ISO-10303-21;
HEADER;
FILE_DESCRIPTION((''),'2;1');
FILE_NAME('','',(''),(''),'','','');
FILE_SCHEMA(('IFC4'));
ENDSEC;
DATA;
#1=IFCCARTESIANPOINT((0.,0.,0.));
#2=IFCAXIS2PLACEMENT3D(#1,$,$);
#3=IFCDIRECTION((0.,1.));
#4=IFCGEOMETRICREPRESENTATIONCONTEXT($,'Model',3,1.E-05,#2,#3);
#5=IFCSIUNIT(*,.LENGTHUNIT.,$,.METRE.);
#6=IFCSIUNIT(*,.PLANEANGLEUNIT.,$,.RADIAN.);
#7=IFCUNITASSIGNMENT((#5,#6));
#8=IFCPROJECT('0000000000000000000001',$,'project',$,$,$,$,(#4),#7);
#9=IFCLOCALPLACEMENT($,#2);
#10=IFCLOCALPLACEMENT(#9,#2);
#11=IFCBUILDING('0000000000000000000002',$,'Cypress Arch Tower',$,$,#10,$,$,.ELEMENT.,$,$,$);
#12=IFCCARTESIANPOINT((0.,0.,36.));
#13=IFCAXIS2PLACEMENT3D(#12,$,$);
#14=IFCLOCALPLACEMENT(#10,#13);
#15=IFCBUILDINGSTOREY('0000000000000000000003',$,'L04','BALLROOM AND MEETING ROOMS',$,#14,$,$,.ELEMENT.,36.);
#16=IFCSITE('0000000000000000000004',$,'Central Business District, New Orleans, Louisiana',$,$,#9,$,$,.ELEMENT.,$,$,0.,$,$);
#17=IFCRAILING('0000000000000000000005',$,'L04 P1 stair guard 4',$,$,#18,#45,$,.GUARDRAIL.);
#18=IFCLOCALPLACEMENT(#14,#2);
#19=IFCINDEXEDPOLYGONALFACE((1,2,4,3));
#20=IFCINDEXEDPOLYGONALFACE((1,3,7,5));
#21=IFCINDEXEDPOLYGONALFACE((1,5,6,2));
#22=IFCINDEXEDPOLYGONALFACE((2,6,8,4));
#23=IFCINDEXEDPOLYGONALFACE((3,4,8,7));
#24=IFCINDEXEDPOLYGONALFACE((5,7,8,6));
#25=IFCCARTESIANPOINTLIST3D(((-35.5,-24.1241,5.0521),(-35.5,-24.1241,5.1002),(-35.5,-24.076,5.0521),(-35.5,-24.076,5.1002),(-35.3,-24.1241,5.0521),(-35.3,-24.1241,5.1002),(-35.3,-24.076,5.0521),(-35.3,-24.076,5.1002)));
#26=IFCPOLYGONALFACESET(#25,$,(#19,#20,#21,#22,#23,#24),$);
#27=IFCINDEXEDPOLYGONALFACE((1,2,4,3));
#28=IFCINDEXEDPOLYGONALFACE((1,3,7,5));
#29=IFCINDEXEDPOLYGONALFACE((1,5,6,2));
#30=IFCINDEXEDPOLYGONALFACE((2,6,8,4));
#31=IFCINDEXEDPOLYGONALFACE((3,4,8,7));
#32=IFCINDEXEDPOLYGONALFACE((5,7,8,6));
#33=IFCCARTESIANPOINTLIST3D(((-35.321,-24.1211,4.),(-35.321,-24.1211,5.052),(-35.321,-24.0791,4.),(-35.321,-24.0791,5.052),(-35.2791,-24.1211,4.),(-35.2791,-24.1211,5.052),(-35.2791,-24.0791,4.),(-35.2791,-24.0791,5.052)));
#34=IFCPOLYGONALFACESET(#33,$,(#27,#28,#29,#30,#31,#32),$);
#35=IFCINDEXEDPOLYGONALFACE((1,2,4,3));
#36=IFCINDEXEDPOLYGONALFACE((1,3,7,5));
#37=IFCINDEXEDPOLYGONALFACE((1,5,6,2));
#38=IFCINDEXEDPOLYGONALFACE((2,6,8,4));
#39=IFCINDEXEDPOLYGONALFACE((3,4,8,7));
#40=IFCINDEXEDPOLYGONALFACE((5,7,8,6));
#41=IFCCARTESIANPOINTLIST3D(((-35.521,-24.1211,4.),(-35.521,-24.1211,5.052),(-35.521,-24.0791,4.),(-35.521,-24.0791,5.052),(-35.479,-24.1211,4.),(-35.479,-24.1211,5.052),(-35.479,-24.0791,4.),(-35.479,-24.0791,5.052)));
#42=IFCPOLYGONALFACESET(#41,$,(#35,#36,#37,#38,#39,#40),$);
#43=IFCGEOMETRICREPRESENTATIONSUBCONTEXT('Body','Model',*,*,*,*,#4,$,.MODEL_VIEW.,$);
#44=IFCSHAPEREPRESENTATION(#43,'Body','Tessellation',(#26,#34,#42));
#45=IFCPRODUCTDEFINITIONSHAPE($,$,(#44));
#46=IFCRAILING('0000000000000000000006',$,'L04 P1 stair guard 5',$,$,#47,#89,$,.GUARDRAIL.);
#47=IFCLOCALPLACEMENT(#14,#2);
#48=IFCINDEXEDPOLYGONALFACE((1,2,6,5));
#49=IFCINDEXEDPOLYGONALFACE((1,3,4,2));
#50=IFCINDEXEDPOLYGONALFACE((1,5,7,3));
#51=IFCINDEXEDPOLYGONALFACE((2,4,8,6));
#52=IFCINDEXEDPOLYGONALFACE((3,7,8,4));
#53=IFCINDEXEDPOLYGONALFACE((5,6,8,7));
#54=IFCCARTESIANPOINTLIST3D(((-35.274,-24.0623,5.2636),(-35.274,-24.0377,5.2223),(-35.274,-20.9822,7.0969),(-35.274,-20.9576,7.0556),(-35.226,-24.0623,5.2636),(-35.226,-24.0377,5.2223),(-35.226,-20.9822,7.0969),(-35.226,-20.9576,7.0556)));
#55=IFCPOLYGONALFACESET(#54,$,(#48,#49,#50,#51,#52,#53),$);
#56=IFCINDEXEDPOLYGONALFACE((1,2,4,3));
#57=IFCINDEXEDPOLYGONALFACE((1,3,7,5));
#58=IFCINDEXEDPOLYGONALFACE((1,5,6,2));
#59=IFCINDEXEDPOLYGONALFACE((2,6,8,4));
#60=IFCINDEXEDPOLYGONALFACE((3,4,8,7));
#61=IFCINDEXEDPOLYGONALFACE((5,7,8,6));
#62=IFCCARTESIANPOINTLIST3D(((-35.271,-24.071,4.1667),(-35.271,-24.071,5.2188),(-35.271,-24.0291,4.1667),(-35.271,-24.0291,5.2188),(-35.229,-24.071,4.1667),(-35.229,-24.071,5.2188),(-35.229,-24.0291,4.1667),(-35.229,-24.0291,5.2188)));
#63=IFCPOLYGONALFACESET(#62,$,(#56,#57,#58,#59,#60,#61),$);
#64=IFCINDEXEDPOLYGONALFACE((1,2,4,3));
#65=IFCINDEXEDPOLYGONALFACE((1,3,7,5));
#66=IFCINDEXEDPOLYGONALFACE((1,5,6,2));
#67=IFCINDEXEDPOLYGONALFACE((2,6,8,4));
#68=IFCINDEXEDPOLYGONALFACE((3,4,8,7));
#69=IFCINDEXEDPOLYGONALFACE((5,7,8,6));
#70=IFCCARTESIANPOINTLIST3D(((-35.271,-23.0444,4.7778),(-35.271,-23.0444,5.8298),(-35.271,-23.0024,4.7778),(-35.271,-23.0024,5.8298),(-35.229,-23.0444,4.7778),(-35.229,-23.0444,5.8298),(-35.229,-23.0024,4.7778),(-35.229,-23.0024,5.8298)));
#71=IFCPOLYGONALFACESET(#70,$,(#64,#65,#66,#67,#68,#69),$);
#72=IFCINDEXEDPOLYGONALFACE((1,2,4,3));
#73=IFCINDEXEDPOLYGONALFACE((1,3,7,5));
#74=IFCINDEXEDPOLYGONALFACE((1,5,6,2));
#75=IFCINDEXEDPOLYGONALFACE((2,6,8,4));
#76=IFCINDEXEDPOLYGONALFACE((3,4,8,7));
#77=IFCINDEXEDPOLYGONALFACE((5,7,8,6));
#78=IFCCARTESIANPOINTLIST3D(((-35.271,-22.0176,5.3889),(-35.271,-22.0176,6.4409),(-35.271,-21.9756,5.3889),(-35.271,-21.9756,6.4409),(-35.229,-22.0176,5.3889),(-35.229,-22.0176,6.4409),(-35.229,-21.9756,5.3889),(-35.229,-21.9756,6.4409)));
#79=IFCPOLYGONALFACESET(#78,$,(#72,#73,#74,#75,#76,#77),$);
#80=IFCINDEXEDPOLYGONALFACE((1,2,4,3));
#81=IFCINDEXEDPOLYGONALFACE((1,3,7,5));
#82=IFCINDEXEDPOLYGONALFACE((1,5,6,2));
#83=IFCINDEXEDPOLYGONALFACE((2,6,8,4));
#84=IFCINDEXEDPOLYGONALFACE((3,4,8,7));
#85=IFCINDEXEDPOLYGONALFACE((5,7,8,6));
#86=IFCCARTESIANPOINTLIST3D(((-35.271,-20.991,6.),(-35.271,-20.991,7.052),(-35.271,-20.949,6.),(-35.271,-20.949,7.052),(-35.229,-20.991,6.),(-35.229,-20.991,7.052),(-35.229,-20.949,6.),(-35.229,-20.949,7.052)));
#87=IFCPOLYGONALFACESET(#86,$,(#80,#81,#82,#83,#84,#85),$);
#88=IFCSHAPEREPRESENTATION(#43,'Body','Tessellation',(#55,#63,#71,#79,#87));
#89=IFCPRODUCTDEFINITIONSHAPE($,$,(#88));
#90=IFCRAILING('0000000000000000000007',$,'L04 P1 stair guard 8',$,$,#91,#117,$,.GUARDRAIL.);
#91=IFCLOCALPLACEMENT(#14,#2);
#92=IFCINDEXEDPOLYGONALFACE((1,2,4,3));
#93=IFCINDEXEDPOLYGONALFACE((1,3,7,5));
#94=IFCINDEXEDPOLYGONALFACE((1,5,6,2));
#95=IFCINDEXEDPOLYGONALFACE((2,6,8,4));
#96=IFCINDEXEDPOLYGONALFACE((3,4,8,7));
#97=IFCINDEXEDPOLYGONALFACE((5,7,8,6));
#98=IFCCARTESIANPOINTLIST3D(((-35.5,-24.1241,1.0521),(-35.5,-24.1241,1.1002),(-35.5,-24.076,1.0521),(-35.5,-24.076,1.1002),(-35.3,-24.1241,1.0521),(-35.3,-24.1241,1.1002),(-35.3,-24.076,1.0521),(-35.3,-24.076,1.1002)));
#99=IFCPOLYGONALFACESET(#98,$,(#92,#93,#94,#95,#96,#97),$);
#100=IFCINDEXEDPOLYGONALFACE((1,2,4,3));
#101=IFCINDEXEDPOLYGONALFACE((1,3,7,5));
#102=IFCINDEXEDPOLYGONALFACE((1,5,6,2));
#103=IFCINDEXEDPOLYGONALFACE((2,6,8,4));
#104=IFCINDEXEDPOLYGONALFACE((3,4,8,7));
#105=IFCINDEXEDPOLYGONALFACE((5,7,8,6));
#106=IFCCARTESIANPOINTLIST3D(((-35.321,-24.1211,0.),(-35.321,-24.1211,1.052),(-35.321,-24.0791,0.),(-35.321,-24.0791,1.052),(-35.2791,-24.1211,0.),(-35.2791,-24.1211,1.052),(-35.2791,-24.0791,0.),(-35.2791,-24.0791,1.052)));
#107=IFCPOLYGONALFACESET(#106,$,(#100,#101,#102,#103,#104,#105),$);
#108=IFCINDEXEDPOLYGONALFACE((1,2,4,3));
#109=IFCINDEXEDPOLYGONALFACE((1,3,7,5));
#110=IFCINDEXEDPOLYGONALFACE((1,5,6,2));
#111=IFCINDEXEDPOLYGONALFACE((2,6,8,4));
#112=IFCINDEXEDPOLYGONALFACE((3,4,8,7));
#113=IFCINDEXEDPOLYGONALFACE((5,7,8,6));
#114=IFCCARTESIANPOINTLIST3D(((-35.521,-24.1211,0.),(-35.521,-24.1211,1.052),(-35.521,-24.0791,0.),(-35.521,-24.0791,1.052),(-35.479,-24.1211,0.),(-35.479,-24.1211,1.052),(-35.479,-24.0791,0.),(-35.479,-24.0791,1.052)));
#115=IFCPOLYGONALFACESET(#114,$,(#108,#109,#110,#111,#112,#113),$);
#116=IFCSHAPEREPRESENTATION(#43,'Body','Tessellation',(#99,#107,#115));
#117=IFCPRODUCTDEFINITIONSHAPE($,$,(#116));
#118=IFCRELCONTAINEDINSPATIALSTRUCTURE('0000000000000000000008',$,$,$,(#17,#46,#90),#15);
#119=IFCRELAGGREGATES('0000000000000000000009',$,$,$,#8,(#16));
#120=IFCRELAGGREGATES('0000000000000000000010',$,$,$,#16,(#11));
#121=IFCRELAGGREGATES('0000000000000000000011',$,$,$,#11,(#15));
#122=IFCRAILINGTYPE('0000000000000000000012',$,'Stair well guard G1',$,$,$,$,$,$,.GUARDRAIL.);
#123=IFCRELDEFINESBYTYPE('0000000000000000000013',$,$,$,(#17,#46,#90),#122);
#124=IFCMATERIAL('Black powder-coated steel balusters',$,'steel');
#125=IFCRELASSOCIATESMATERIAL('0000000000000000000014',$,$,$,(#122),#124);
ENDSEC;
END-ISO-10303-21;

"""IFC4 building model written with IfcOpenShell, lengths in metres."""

from ifc_helpers import new_model, si_unit, direction, frame, origin, origin_2d, place, context, subcontext, project, spatial, rectangle, extrude, material, type_object, element, save


model = new_model("IFC4")

# Units and contexts
model_context = context("Model", 3, precision=1e-05, world=origin(), true_north=direction((0.0, 1.0)))
body_context = subcontext(model_context, "Body", "Model", "MODEL_VIEW")
ifc_project = project(units=[si_unit("LENGTHUNIT", "METRE"), si_unit("PLANEANGLEUNIT", "RADIAN")], contexts=[model_context])

# Site, building, storey
site_placement = place(None, origin())
site = spatial("IfcSite", under=ifc_project, at=site_placement, Name="Central Business District, New Orleans, Louisiana", CompositionType="ELEMENT", RefElevation=0.0)
building_placement = place(site_placement, origin())
building = spatial("IfcBuilding", under=site, at=building_placement, Name="Cypress Arch Tower", CompositionType="ELEMENT")
storey_placement = place(building_placement, frame((0.0, 0.0, 36.0)))
storey = spatial("IfcBuildingStorey", under=building, at=storey_placement, Name="L04", Description="BALLROOM AND MEETING ROOMS", CompositionType="ELEMENT", Elevation=36.0)

# Railings
ifc_material_1 = material(Name="Black powder-coated steel balusters", Category="steel")
railing_type_1 = type_object("IfcRailingType", Name="Stair well guard G1", PredefinedType="GUARDRAIL", material=ifc_material_1)
railing_1_placement = place(storey_placement, frame((-35.3, -24.1001, 4.0)))
element("IfcRailing", 1, at=railing_1_placement, inside=storey, type_object=railing_type_1, Name="L04 P1 stair guard 4", PredefinedType="GUARDRAIL", context=body_context, shape_type="SweptSolid", body=[
    extrude(rectangle(XDim=0.0481, YDim=0.0481, at=origin_2d()), frame((0.0, 0.0, 1.0762), z_axis=(-1.0, 0.0, 0.0), x_axis=(0.0, -1.0, 0.0)), (0.0, 0.0, 1.0), 0.2),
    extrude(rectangle(XDim=0.042, YDim=0.042, at=origin_2d()), origin(), (0.0, 0.0, 1.0), 1.052),
    extrude(rectangle(XDim=0.042, YDim=0.042, at=origin_2d()), frame((-0.2, 0.0, 0.0)), (0.0, 0.0, 1.0), 1.052),
])
railing_2_placement = place(storey_placement, frame((-35.25, -24.05, 4.1667)))
element("IfcRailing", 2, at=railing_2_placement, inside=storey, type_object=railing_type_1, Name="L04 P1 stair guard 5", PredefinedType="GUARDRAIL", context=body_context, shape_type="SweptSolid", body=[
    extrude(rectangle(XDim=0.0481, YDim=0.0481, at=origin_2d()), frame((0.0, 0.0, 1.0762), z_axis=(0.0, 0.859309, 0.511458), x_axis=(-1.0, 0.0, 0.0)), (0.0, 0.0, 1.0), 3.5845),
    extrude(rectangle(XDim=0.042, YDim=0.042, at=origin_2d()), origin(), (0.0, 0.0, 1.0), 1.052),
    extrude(rectangle(XDim=0.042, YDim=0.042, at=origin_2d()), frame((0.0, 1.0266, 0.6111)), (0.0, 0.0, 1.0), 1.052),
    extrude(rectangle(XDim=0.042, YDim=0.042, at=origin_2d()), frame((0.0, 2.0535, 1.2222)), (0.0, 0.0, 1.0), 1.052),
    extrude(rectangle(XDim=0.042, YDim=0.042, at=origin_2d()), frame((0.0, 3.0801, 1.8333)), (0.0, 0.0, 1.0), 1.052),
])
railing_3_placement = place(storey_placement, frame((-35.3, -24.1001, 0.0)))
element("IfcRailing", 3, at=railing_3_placement, inside=storey, type_object=railing_type_1, Name="L04 P1 stair guard 8", PredefinedType="GUARDRAIL", context=body_context, shape_type="SweptSolid", body=[
    extrude(rectangle(XDim=0.0481, YDim=0.0481, at=origin_2d()), frame((0.0, 0.0, 1.0762), z_axis=(-1.0, 0.0, 0.0), x_axis=(0.0, -1.0, 0.0)), (0.0, 0.0, 1.0), 0.2),
    extrude(rectangle(XDim=0.042, YDim=0.042, at=origin_2d()), origin(), (0.0, 0.0, 1.0), 1.052),
    extrude(rectangle(XDim=0.042, YDim=0.042, at=origin_2d()), frame((-0.2, 0.0, 0.0)), (0.0, 0.0, 1.0), 1.052),
])

save(model, "model.ifc")
